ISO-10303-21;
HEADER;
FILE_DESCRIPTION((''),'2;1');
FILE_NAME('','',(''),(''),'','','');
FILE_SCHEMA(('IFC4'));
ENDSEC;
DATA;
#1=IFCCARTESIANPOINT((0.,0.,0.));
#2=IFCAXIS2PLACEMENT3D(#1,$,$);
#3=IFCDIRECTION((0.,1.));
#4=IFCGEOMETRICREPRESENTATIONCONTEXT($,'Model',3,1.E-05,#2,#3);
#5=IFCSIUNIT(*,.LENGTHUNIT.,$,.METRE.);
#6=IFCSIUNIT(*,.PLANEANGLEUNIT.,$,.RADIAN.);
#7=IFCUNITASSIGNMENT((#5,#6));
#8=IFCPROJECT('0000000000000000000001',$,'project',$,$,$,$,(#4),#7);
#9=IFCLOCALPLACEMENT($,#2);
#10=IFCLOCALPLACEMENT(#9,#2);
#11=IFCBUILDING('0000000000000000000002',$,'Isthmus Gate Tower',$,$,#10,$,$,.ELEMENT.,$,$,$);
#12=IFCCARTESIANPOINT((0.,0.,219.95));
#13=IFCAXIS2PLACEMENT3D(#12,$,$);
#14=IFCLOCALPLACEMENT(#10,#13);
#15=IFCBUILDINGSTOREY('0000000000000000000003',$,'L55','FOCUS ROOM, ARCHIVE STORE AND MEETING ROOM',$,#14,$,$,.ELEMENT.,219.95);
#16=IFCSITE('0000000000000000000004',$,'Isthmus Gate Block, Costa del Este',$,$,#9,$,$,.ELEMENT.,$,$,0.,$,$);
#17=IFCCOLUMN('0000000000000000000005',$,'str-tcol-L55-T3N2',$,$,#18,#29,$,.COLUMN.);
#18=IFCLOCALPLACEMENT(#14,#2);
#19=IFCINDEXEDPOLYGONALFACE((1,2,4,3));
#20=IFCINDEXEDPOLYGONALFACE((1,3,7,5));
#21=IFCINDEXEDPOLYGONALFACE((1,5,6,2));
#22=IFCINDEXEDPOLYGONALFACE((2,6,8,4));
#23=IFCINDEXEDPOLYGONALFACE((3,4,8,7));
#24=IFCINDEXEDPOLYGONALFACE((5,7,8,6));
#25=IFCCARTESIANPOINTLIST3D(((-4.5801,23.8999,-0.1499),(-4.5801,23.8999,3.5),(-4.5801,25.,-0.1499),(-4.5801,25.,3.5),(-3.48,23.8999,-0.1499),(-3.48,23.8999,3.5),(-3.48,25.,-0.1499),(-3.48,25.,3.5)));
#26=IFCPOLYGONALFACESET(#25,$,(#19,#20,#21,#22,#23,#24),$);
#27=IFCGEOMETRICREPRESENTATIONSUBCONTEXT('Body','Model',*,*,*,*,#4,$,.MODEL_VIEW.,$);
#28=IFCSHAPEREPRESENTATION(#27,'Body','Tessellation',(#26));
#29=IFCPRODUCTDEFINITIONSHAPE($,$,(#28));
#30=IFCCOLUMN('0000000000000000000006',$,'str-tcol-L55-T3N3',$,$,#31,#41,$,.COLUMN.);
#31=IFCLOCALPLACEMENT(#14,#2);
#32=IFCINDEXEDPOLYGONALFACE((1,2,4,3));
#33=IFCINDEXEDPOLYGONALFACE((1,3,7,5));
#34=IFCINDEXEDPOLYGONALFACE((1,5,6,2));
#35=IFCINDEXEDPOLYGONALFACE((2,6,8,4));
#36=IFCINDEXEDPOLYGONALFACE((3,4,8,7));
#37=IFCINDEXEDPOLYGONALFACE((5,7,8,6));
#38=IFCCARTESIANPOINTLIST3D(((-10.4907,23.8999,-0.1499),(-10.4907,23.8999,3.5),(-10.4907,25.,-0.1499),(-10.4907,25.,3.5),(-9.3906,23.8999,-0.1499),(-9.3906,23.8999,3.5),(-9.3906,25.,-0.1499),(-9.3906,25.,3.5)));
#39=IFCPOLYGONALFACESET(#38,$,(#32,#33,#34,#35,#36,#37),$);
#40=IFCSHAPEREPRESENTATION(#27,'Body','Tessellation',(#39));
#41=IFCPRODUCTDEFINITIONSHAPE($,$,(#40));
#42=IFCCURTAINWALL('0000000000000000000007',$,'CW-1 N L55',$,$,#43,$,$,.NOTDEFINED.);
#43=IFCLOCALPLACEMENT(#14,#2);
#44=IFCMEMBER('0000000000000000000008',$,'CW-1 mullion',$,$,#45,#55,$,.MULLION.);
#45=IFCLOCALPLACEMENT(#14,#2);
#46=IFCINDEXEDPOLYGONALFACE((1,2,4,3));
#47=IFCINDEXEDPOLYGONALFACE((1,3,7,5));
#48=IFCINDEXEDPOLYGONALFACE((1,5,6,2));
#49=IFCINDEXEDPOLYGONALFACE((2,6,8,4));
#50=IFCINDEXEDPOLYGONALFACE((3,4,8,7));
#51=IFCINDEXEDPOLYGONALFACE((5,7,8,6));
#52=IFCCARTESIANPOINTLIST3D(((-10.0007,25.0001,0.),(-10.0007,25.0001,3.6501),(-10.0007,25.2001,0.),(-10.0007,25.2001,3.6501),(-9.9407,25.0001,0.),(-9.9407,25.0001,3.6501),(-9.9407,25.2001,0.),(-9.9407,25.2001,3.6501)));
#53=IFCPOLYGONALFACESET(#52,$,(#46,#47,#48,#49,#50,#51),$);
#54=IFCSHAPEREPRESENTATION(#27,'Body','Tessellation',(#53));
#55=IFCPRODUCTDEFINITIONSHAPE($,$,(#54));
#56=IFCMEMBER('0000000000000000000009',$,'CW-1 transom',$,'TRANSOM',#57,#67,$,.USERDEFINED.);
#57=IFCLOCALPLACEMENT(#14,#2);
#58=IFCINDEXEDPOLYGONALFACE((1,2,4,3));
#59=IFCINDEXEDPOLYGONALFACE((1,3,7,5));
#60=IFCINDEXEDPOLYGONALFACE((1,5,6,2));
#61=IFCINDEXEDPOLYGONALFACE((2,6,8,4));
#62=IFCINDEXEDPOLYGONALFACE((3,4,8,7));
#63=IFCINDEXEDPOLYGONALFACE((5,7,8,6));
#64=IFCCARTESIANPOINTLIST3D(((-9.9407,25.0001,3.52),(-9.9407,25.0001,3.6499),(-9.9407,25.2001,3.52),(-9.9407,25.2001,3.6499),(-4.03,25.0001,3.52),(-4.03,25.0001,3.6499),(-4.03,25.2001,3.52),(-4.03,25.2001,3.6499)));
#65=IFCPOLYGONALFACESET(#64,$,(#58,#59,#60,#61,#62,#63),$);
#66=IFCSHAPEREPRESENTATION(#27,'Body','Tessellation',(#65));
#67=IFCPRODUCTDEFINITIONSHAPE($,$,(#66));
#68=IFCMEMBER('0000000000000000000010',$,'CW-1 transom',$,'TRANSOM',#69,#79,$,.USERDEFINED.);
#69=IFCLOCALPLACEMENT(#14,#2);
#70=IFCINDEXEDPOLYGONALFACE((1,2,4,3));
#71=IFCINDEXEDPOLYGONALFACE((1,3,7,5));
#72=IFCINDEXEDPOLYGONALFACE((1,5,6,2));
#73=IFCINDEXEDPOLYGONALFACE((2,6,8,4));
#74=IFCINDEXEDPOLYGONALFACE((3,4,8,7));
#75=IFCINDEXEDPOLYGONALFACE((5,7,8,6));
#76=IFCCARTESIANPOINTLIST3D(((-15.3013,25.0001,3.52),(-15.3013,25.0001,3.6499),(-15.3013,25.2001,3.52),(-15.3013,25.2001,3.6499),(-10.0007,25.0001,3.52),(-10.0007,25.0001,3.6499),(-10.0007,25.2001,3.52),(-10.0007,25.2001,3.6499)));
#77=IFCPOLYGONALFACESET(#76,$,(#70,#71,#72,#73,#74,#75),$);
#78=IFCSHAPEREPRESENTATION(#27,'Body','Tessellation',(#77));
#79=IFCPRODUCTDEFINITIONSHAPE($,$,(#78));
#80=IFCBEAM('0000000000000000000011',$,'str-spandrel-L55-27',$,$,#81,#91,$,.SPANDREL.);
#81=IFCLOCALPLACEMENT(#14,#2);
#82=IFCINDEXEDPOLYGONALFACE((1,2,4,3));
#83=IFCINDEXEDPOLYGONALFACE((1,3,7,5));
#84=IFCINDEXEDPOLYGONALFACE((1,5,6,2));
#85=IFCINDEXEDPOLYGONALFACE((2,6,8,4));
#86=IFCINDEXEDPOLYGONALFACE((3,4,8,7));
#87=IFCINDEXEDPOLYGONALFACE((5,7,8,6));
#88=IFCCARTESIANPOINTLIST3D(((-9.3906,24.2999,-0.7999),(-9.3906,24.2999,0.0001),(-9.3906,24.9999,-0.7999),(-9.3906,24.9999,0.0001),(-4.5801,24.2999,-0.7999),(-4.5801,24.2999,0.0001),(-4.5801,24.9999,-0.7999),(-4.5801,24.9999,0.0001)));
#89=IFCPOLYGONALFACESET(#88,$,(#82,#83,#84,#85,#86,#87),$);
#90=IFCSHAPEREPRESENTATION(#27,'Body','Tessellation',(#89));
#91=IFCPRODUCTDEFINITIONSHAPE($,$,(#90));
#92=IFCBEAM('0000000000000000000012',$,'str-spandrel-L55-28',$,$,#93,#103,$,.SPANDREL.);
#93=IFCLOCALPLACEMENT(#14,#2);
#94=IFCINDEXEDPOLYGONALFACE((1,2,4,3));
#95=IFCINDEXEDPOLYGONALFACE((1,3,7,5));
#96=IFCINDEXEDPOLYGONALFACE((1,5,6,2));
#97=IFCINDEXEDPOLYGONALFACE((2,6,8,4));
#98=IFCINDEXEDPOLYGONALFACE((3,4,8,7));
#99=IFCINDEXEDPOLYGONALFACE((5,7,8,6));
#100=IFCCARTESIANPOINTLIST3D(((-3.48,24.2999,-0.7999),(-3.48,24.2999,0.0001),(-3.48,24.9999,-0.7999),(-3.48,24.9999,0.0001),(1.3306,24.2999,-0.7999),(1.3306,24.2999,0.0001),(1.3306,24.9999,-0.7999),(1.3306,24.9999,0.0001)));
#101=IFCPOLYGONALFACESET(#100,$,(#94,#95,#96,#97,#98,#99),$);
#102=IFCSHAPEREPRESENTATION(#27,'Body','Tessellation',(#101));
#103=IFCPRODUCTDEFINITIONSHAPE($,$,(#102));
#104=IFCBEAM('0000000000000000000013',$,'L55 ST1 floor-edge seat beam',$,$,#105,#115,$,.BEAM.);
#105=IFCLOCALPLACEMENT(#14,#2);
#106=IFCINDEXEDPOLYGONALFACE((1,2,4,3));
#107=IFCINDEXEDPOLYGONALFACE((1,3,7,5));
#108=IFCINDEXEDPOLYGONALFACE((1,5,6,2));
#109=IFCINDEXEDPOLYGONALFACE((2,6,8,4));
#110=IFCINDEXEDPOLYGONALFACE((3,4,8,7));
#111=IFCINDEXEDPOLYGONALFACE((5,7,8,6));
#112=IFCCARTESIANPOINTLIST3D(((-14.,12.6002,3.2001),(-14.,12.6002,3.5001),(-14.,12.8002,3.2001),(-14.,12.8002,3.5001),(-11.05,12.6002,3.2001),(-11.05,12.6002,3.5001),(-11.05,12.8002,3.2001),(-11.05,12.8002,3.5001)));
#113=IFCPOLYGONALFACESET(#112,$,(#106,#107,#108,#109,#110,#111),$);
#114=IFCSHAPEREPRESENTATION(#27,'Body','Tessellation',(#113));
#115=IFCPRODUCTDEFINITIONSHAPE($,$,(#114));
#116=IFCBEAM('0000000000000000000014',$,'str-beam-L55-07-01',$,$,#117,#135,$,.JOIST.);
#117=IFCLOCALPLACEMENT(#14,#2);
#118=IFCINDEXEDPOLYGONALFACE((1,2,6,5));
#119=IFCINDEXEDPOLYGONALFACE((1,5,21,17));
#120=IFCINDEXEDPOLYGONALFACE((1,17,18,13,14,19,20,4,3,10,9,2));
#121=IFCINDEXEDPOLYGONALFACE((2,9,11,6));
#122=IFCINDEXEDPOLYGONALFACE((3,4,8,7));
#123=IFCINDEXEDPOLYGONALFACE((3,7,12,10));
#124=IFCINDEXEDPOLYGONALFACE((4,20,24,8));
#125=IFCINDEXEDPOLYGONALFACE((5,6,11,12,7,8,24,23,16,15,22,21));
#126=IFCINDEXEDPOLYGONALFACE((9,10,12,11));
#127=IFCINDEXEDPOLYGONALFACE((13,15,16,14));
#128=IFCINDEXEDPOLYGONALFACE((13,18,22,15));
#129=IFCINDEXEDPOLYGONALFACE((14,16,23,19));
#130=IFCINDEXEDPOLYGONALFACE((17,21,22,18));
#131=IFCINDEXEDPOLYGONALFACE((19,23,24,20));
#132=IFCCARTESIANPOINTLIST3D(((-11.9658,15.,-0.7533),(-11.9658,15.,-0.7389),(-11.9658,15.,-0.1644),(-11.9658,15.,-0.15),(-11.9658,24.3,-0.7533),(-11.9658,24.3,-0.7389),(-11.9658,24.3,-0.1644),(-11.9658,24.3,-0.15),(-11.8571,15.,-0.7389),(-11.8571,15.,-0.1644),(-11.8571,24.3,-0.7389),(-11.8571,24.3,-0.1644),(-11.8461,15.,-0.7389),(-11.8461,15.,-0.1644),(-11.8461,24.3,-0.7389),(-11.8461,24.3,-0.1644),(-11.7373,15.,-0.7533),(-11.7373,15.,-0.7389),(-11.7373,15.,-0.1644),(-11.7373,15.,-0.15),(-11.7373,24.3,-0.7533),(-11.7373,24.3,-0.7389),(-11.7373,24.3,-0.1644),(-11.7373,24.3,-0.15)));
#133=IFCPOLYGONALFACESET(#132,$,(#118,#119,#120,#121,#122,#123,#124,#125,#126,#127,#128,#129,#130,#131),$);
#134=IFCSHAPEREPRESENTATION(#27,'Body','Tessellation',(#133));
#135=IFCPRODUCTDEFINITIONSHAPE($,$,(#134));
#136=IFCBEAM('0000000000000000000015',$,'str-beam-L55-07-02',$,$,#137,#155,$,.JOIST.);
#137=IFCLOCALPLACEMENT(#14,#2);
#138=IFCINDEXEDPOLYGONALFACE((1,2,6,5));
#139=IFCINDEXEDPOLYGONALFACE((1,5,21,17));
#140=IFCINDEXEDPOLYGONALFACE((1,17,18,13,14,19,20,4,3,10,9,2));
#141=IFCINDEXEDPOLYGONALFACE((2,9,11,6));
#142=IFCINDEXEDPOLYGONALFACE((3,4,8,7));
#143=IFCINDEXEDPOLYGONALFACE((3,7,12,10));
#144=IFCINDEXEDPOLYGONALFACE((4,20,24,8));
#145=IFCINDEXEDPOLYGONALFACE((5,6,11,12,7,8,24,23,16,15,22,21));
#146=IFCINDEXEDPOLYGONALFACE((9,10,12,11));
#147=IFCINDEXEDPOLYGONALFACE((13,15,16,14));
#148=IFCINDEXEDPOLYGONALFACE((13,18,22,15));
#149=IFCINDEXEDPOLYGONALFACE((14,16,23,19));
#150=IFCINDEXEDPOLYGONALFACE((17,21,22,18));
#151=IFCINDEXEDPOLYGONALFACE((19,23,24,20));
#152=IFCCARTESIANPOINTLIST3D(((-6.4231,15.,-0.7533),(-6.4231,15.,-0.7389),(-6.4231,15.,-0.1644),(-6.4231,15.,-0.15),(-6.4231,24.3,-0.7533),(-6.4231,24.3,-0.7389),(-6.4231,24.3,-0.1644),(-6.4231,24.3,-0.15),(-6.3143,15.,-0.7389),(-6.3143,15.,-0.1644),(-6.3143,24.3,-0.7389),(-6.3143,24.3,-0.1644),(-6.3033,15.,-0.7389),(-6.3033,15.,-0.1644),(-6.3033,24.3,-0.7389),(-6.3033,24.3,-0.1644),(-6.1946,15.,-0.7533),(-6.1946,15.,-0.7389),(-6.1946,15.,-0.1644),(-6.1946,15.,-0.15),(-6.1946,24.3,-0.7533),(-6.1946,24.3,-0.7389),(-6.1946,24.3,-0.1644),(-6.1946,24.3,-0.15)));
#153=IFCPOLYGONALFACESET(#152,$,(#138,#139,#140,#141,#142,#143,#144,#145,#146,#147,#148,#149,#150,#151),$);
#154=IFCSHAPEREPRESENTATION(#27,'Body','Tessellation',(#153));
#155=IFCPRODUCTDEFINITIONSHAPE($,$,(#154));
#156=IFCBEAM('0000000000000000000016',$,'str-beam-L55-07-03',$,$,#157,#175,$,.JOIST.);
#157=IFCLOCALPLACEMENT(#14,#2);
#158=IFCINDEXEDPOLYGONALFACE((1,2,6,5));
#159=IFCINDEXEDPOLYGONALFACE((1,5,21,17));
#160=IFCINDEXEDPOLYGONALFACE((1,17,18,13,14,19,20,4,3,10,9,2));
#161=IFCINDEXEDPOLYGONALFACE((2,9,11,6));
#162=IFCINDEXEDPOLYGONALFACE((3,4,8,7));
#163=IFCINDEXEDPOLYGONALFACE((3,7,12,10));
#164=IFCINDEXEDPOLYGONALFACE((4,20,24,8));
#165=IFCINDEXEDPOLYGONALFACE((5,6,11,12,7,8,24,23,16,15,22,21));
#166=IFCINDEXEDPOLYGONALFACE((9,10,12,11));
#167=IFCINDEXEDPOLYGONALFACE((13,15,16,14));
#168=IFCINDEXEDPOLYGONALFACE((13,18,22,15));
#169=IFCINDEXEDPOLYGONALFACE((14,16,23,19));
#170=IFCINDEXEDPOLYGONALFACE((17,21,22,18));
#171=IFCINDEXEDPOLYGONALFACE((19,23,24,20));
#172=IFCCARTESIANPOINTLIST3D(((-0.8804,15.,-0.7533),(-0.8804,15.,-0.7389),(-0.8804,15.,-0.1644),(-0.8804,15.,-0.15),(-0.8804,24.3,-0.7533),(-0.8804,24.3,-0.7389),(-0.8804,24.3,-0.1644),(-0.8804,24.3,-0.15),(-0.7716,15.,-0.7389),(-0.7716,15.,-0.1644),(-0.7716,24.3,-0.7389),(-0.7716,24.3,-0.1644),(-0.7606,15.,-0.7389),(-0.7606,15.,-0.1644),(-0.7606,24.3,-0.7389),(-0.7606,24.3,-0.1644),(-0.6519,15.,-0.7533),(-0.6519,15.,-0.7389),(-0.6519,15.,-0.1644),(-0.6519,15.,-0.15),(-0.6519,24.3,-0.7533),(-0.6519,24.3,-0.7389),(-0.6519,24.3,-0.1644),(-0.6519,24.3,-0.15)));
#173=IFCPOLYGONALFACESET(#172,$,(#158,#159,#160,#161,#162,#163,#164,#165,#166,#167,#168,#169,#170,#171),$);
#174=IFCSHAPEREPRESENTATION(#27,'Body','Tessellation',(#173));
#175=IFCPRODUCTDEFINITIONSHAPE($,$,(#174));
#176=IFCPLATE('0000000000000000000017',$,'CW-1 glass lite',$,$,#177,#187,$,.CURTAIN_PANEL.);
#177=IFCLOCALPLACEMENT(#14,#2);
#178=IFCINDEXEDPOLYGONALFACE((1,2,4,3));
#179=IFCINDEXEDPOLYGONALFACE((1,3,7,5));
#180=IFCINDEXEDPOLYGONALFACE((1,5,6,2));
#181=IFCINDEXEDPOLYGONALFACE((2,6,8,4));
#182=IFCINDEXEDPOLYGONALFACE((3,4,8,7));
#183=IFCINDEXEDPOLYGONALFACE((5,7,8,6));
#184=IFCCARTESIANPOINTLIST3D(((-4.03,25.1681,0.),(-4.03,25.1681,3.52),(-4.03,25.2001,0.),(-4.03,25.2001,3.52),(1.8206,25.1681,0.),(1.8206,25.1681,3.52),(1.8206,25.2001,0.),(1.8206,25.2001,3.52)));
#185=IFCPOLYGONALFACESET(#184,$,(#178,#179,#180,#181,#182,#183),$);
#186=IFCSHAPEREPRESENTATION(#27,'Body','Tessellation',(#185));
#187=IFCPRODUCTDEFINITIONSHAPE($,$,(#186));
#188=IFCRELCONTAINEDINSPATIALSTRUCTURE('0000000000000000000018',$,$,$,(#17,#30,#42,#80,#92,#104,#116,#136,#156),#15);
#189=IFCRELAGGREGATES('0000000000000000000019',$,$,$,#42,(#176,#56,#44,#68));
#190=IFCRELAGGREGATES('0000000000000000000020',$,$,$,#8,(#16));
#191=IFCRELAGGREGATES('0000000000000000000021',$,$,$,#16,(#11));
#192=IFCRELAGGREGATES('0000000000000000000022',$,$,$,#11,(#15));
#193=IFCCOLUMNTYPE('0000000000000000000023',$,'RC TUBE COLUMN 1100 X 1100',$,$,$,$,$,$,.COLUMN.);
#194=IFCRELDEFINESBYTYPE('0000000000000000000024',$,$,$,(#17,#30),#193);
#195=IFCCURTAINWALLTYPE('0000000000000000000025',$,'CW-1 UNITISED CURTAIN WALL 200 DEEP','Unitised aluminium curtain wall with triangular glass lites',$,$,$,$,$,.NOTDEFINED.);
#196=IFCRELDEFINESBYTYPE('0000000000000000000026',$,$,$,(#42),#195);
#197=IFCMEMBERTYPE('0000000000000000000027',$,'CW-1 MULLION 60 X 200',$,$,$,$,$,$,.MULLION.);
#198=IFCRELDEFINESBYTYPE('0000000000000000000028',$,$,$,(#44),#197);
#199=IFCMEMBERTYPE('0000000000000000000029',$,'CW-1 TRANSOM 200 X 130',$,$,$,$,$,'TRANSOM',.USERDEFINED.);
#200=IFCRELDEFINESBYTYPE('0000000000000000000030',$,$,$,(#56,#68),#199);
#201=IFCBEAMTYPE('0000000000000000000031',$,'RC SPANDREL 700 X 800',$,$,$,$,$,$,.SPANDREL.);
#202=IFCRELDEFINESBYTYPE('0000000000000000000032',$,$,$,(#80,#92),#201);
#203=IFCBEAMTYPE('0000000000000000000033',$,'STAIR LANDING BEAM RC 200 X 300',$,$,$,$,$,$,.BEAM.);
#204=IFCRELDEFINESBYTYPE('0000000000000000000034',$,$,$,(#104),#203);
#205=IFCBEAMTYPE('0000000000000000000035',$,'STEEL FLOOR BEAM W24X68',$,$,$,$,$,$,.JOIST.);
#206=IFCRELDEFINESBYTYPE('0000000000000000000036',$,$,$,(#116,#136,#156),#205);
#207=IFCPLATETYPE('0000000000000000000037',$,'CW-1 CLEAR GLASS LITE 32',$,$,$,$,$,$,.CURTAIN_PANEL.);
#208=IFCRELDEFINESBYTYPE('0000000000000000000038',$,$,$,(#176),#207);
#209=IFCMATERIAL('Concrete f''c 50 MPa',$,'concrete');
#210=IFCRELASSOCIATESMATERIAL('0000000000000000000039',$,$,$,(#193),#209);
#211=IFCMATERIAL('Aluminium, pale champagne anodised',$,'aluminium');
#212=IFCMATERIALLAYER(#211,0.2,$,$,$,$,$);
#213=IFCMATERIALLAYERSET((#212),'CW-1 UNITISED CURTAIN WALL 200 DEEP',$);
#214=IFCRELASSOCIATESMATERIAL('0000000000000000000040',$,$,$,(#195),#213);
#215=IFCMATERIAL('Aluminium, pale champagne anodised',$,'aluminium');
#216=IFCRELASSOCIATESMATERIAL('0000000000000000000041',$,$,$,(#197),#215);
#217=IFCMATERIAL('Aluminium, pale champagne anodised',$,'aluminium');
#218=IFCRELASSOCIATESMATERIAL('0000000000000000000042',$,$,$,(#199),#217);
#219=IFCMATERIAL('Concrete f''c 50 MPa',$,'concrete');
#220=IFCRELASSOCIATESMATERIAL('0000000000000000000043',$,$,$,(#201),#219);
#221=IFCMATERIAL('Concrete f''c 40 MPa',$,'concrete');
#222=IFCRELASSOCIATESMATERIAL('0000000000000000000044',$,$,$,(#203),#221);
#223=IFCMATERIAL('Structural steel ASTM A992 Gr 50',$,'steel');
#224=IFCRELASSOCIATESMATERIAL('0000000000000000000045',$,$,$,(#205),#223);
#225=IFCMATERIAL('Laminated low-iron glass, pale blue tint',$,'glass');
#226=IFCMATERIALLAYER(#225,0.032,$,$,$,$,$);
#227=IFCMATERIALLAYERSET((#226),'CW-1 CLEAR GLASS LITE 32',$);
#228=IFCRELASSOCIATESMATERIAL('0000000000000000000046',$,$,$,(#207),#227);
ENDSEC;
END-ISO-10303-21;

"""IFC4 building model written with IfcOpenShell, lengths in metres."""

from ifc_helpers import new_model, si_unit, direction, frame, origin, origin_2d, place, context, subcontext, project, spatial, rectangle, i_section, extrude, material, layer, layer_set, material_profile, profile_set, type_object, element, aggregate, save


model = new_model("IFC4")

# Units and contexts
model_context = context("Model", 3, precision=1e-05, world=origin(), true_north=direction((0.0, 1.0)))
body_context = subcontext(model_context, "Body", "Model", "MODEL_VIEW")
ifc_project = project(units=[si_unit("LENGTHUNIT", "METRE"), si_unit("PLANEANGLEUNIT", "RADIAN")], contexts=[model_context])

# Site, building, storey
site_placement = place(None, origin())
site = spatial("IfcSite", under=ifc_project, at=site_placement, Name="Isthmus Gate Block, Costa del Este", CompositionType="ELEMENT", RefElevation=0.0)
building_placement = place(site_placement, origin())
building = spatial("IfcBuilding", under=site, at=building_placement, Name="Isthmus Gate Tower", CompositionType="ELEMENT")
storey_placement = place(building_placement, frame((0.0, 0.0, 219.95)))
storey = spatial("IfcBuildingStorey", under=building, at=storey_placement, Name="L55", Description="FOCUS ROOM, ARCHIVE STORE AND MEETING ROOM", CompositionType="ELEMENT", Elevation=219.95)

# Columns
ifc_material_1 = material(Name="Concrete f'c 50 MPa", Category="concrete")
ifc_material_profile_1 = material_profile(ifc_material_1, rectangle(XDim=1.1001, YDim=1.1001, at=origin_2d()), Name="RC 1100X1100")
ifc_profile_set_1 = profile_set([ifc_material_profile_1], Name="Concrete f'c 50 MPa")
column_type = type_object("IfcColumnType", Name="RC TUBE COLUMN 1100 X 1100", PredefinedType="COLUMN", material=ifc_profile_set_1)
for number, where, z_axis, x_axis, name in (
    (1, (-4.03, 24.45, -0.1499), (0.0, 0.0, 1.0), (-1.0, 0.0, 0.0), "str-tcol-L55-T3N2"),
    (2, (-9.9407, 24.45, -0.1499), (0.0, 0.0, 1.0), (-1.0, 0.0, 0.0), "str-tcol-L55-T3N3"),
):
    element("IfcColumn", number, at=place(storey_placement, frame(where, z_axis=z_axis, x_axis=x_axis)), inside=storey, type_object=column_type, Name=name, PredefinedType="COLUMN", context=body_context, shape_type="SweptSolid", body=[
        extrude(rectangle(XDim=1.1001, YDim=1.1001, at=origin_2d()), origin(), (0.0, 0.0, 1.0), 3.6499),
    ])

# Curtain wall, members
ifc_material_2 = material(Name="Aluminium, pale champagne anodised", Category="aluminium")
ifc_layer_1 = layer(ifc_material_2, 0.2)
ifc_layer_set_1 = layer_set([ifc_layer_1], Name="CW-1 UNITISED CURTAIN WALL 200 DEEP")
curtain_wall_type = type_object("IfcCurtainWallType", Name="CW-1 UNITISED CURTAIN WALL 200 DEEP", Description="Unitised aluminium curtain wall with triangular glass lites", PredefinedType="NOTDEFINED", material=ifc_layer_set_1)
curtain_wall_placement = place(storey_placement, origin())
curtain_wall = element("IfcCurtainWall", 3, at=curtain_wall_placement, inside=storey, type_object=curtain_wall_type, Name="CW-1 N L55", PredefinedType="NOTDEFINED")
ifc_material_3 = material(Name="Aluminium, pale champagne anodised", Category="aluminium")
ifc_material_profile_2 = material_profile(ifc_material_3, rectangle(XDim=0.0601, YDim=0.2, at=origin_2d()), Name="60x200")
ifc_profile_set_2 = profile_set([ifc_material_profile_2], Name="Aluminium, pale champagne anodised")
member_type_1 = type_object("IfcMemberType", Name="CW-1 MULLION 60 X 200", PredefinedType="MULLION", material=ifc_profile_set_2)
member_1_placement = place(storey_placement, frame((-9.9707, 25.1001, 0.0), z_axis=(0.0, 0.0, 1.0), x_axis=(-1.0, 0.0, 0.0)))
member_1 = element("IfcMember", 4, at=member_1_placement, type_object=member_type_1, Name="CW-1 mullion", PredefinedType="MULLION", context=body_context, shape_type="SweptSolid", body=[
    extrude(rectangle(XDim=0.0601, YDim=0.2, at=origin_2d()), origin(), (0.0, 0.0, 1.0), 3.6501),
])
ifc_material_4 = material(Name="Aluminium, pale champagne anodised", Category="aluminium")
ifc_material_profile_3 = material_profile(ifc_material_4, rectangle(XDim=0.2, YDim=0.1299, at=origin_2d()), Name="200x130")
ifc_profile_set_3 = profile_set([ifc_material_profile_3], Name="Aluminium, pale champagne anodised")
member_type_2 = type_object("IfcMemberType", Name="CW-1 TRANSOM 200 X 130", ElementType="TRANSOM", PredefinedType="USERDEFINED", material=ifc_profile_set_3)
member_2_placement = place(storey_placement, frame((-4.03, 25.1001, 3.585), z_axis=(-1.0, 0.0, 0.0), x_axis=(0.0, -1.0, 0.0)))
member_2 = element("IfcMember", 5, at=member_2_placement, type_object=member_type_2, Name="CW-1 transom", ObjectType="TRANSOM", PredefinedType="USERDEFINED", context=body_context, shape_type="SweptSolid", body=[
    extrude(rectangle(XDim=0.2, YDim=0.1299, at=origin_2d()), origin(), (0.0, 0.0, 1.0), 5.9106),
])
member_3_placement = place(storey_placement, frame((-10.0007, 25.1001, 3.585), z_axis=(-1.0, 0.0, 0.0), x_axis=(0.0, -1.0, 0.0)))
member_3 = element("IfcMember", 6, at=member_3_placement, type_object=member_type_2, Name="CW-1 transom", ObjectType="TRANSOM", PredefinedType="USERDEFINED", context=body_context, shape_type="SweptSolid", body=[
    extrude(rectangle(XDim=0.2, YDim=0.1299, at=origin_2d()), origin(), (0.0, 0.0, 1.0), 5.3005),
])

# Beams
ifc_material_5 = material(Name="Concrete f'c 50 MPa", Category="concrete")
ifc_material_profile_4 = material_profile(ifc_material_5, rectangle(XDim=0.7, YDim=0.8, at=origin_2d()), Name="RC 700X800")
ifc_profile_set_4 = profile_set([ifc_material_profile_4], Name="Concrete f'c 50 MPa")
beam_type_1 = type_object("IfcBeamType", Name="RC SPANDREL 700 X 800", PredefinedType="SPANDREL", material=ifc_profile_set_4)
for number, where, z_axis, x_axis, name in (
    (7, (-9.3906, 24.6499, -0.3999), (1.0, 0.0, 0.0), (0.0, 1.0, 0.0), "str-spandrel-L55-27"),
    (8, (-3.48, 24.6499, -0.3999), (1.0, 0.0, 0.0), (0.0, 1.0, 0.0), "str-spandrel-L55-28"),
):
    element("IfcBeam", number, at=place(storey_placement, frame(where, z_axis=z_axis, x_axis=x_axis)), inside=storey, type_object=beam_type_1, Name=name, PredefinedType="SPANDREL", context=body_context, shape_type="SweptSolid", body=[
        extrude(rectangle(XDim=0.7, YDim=0.8, at=origin_2d()), origin(), (0.0, 0.0, 1.0), 4.8105),
    ])
ifc_material_6 = material(Name="Concrete f'c 40 MPa", Category="concrete")
ifc_material_profile_5 = material_profile(ifc_material_6, rectangle(XDim=0.2, YDim=0.3, at=origin_2d()), Name="STAIR LANDING BEAM RC 200 X 300")
ifc_profile_set_5 = profile_set([ifc_material_profile_5], Name="Concrete f'c 40 MPa")
beam_type_2 = type_object("IfcBeamType", Name="STAIR LANDING BEAM RC 200 X 300", PredefinedType="BEAM", material=ifc_profile_set_5)
beam_placement = place(storey_placement, frame((-14.0, 12.7002, 3.3501), z_axis=(1.0, 0.0, 0.0), x_axis=(0.0, 1.0, 0.0)))
element("IfcBeam", 9, at=beam_placement, inside=storey, type_object=beam_type_2, Name="L55 ST1 floor-edge seat beam", PredefinedType="BEAM", context=body_context, shape_type="SweptSolid", body=[
    extrude(rectangle(XDim=0.2, YDim=0.3, at=origin_2d()), origin(), (0.0, 0.0, 1.0), 2.95),
])
ifc_material_7 = material(Name="Structural steel ASTM A992 Gr 50", Category="steel")
ifc_material_profile_6 = material_profile(ifc_material_7, i_section(OverallWidth=0.2285, OverallDepth=0.6033, WebThickness=0.011, FlangeThickness=0.0144, at=origin_2d()), Name="W24X68")
ifc_profile_set_6 = profile_set([ifc_material_profile_6], Name="Structural steel ASTM A992 Gr 50")
beam_type_3 = type_object("IfcBeamType", Name="STEEL FLOOR BEAM W24X68", PredefinedType="JOIST", material=ifc_profile_set_6)
for number, where, z_axis, x_axis, name in (
    (10, (-11.8516, 15.0, -0.4517), (0.0, 1.0, 0.0), (-1.0, 0.0, 0.0), "str-beam-L55-07-01"),
    (11, (-6.3088, 15.0, -0.4517), (0.0, 1.0, 0.0), (-1.0, 0.0, 0.0), "str-beam-L55-07-02"),
    (12, (-0.7661, 15.0, -0.4517), (0.0, 1.0, 0.0), (-1.0, 0.0, 0.0), "str-beam-L55-07-03"),
):
    element("IfcBeam", number, at=place(storey_placement, frame(where, z_axis=z_axis, x_axis=x_axis)), inside=storey, type_object=beam_type_3, Name=name, PredefinedType="JOIST", context=body_context, shape_type="SweptSolid", body=[
        extrude(i_section(OverallWidth=0.2285, OverallDepth=0.6033, WebThickness=0.011, FlangeThickness=0.0144, at=origin_2d()), origin(), (0.0, 0.0, 1.0), 9.3),
    ])

# Plate
ifc_material_8 = material(Name="Laminated low-iron glass, pale blue tint", Category="glass")
ifc_layer_2 = layer(ifc_material_8, 0.032)
ifc_layer_set_2 = layer_set([ifc_layer_2], Name="CW-1 CLEAR GLASS LITE 32")
plate_type = type_object("IfcPlateType", Name="CW-1 CLEAR GLASS LITE 32", PredefinedType="CURTAIN_PANEL", material=ifc_layer_set_2)
plate_1_placement = place(storey_placement, frame((-1.1047, 25.1841, 0.0), z_axis=(0.0, 0.0, 1.0), x_axis=(-1.0, 0.0, 0.0)))
plate_1 = element("IfcPlate", 13, at=plate_1_placement, type_object=plate_type, Name="CW-1 glass lite", PredefinedType="CURTAIN_PANEL", context=body_context, shape_type="SweptSolid", body=[
    extrude(rectangle(XDim=5.8506, YDim=0.032, at=origin_2d()), origin(), (0.0, 0.0, 1.0), 3.52),
])
aggregate(curtain_wall, [plate_1, member_2, member_1, member_3])

save(model, "model.ifc")
